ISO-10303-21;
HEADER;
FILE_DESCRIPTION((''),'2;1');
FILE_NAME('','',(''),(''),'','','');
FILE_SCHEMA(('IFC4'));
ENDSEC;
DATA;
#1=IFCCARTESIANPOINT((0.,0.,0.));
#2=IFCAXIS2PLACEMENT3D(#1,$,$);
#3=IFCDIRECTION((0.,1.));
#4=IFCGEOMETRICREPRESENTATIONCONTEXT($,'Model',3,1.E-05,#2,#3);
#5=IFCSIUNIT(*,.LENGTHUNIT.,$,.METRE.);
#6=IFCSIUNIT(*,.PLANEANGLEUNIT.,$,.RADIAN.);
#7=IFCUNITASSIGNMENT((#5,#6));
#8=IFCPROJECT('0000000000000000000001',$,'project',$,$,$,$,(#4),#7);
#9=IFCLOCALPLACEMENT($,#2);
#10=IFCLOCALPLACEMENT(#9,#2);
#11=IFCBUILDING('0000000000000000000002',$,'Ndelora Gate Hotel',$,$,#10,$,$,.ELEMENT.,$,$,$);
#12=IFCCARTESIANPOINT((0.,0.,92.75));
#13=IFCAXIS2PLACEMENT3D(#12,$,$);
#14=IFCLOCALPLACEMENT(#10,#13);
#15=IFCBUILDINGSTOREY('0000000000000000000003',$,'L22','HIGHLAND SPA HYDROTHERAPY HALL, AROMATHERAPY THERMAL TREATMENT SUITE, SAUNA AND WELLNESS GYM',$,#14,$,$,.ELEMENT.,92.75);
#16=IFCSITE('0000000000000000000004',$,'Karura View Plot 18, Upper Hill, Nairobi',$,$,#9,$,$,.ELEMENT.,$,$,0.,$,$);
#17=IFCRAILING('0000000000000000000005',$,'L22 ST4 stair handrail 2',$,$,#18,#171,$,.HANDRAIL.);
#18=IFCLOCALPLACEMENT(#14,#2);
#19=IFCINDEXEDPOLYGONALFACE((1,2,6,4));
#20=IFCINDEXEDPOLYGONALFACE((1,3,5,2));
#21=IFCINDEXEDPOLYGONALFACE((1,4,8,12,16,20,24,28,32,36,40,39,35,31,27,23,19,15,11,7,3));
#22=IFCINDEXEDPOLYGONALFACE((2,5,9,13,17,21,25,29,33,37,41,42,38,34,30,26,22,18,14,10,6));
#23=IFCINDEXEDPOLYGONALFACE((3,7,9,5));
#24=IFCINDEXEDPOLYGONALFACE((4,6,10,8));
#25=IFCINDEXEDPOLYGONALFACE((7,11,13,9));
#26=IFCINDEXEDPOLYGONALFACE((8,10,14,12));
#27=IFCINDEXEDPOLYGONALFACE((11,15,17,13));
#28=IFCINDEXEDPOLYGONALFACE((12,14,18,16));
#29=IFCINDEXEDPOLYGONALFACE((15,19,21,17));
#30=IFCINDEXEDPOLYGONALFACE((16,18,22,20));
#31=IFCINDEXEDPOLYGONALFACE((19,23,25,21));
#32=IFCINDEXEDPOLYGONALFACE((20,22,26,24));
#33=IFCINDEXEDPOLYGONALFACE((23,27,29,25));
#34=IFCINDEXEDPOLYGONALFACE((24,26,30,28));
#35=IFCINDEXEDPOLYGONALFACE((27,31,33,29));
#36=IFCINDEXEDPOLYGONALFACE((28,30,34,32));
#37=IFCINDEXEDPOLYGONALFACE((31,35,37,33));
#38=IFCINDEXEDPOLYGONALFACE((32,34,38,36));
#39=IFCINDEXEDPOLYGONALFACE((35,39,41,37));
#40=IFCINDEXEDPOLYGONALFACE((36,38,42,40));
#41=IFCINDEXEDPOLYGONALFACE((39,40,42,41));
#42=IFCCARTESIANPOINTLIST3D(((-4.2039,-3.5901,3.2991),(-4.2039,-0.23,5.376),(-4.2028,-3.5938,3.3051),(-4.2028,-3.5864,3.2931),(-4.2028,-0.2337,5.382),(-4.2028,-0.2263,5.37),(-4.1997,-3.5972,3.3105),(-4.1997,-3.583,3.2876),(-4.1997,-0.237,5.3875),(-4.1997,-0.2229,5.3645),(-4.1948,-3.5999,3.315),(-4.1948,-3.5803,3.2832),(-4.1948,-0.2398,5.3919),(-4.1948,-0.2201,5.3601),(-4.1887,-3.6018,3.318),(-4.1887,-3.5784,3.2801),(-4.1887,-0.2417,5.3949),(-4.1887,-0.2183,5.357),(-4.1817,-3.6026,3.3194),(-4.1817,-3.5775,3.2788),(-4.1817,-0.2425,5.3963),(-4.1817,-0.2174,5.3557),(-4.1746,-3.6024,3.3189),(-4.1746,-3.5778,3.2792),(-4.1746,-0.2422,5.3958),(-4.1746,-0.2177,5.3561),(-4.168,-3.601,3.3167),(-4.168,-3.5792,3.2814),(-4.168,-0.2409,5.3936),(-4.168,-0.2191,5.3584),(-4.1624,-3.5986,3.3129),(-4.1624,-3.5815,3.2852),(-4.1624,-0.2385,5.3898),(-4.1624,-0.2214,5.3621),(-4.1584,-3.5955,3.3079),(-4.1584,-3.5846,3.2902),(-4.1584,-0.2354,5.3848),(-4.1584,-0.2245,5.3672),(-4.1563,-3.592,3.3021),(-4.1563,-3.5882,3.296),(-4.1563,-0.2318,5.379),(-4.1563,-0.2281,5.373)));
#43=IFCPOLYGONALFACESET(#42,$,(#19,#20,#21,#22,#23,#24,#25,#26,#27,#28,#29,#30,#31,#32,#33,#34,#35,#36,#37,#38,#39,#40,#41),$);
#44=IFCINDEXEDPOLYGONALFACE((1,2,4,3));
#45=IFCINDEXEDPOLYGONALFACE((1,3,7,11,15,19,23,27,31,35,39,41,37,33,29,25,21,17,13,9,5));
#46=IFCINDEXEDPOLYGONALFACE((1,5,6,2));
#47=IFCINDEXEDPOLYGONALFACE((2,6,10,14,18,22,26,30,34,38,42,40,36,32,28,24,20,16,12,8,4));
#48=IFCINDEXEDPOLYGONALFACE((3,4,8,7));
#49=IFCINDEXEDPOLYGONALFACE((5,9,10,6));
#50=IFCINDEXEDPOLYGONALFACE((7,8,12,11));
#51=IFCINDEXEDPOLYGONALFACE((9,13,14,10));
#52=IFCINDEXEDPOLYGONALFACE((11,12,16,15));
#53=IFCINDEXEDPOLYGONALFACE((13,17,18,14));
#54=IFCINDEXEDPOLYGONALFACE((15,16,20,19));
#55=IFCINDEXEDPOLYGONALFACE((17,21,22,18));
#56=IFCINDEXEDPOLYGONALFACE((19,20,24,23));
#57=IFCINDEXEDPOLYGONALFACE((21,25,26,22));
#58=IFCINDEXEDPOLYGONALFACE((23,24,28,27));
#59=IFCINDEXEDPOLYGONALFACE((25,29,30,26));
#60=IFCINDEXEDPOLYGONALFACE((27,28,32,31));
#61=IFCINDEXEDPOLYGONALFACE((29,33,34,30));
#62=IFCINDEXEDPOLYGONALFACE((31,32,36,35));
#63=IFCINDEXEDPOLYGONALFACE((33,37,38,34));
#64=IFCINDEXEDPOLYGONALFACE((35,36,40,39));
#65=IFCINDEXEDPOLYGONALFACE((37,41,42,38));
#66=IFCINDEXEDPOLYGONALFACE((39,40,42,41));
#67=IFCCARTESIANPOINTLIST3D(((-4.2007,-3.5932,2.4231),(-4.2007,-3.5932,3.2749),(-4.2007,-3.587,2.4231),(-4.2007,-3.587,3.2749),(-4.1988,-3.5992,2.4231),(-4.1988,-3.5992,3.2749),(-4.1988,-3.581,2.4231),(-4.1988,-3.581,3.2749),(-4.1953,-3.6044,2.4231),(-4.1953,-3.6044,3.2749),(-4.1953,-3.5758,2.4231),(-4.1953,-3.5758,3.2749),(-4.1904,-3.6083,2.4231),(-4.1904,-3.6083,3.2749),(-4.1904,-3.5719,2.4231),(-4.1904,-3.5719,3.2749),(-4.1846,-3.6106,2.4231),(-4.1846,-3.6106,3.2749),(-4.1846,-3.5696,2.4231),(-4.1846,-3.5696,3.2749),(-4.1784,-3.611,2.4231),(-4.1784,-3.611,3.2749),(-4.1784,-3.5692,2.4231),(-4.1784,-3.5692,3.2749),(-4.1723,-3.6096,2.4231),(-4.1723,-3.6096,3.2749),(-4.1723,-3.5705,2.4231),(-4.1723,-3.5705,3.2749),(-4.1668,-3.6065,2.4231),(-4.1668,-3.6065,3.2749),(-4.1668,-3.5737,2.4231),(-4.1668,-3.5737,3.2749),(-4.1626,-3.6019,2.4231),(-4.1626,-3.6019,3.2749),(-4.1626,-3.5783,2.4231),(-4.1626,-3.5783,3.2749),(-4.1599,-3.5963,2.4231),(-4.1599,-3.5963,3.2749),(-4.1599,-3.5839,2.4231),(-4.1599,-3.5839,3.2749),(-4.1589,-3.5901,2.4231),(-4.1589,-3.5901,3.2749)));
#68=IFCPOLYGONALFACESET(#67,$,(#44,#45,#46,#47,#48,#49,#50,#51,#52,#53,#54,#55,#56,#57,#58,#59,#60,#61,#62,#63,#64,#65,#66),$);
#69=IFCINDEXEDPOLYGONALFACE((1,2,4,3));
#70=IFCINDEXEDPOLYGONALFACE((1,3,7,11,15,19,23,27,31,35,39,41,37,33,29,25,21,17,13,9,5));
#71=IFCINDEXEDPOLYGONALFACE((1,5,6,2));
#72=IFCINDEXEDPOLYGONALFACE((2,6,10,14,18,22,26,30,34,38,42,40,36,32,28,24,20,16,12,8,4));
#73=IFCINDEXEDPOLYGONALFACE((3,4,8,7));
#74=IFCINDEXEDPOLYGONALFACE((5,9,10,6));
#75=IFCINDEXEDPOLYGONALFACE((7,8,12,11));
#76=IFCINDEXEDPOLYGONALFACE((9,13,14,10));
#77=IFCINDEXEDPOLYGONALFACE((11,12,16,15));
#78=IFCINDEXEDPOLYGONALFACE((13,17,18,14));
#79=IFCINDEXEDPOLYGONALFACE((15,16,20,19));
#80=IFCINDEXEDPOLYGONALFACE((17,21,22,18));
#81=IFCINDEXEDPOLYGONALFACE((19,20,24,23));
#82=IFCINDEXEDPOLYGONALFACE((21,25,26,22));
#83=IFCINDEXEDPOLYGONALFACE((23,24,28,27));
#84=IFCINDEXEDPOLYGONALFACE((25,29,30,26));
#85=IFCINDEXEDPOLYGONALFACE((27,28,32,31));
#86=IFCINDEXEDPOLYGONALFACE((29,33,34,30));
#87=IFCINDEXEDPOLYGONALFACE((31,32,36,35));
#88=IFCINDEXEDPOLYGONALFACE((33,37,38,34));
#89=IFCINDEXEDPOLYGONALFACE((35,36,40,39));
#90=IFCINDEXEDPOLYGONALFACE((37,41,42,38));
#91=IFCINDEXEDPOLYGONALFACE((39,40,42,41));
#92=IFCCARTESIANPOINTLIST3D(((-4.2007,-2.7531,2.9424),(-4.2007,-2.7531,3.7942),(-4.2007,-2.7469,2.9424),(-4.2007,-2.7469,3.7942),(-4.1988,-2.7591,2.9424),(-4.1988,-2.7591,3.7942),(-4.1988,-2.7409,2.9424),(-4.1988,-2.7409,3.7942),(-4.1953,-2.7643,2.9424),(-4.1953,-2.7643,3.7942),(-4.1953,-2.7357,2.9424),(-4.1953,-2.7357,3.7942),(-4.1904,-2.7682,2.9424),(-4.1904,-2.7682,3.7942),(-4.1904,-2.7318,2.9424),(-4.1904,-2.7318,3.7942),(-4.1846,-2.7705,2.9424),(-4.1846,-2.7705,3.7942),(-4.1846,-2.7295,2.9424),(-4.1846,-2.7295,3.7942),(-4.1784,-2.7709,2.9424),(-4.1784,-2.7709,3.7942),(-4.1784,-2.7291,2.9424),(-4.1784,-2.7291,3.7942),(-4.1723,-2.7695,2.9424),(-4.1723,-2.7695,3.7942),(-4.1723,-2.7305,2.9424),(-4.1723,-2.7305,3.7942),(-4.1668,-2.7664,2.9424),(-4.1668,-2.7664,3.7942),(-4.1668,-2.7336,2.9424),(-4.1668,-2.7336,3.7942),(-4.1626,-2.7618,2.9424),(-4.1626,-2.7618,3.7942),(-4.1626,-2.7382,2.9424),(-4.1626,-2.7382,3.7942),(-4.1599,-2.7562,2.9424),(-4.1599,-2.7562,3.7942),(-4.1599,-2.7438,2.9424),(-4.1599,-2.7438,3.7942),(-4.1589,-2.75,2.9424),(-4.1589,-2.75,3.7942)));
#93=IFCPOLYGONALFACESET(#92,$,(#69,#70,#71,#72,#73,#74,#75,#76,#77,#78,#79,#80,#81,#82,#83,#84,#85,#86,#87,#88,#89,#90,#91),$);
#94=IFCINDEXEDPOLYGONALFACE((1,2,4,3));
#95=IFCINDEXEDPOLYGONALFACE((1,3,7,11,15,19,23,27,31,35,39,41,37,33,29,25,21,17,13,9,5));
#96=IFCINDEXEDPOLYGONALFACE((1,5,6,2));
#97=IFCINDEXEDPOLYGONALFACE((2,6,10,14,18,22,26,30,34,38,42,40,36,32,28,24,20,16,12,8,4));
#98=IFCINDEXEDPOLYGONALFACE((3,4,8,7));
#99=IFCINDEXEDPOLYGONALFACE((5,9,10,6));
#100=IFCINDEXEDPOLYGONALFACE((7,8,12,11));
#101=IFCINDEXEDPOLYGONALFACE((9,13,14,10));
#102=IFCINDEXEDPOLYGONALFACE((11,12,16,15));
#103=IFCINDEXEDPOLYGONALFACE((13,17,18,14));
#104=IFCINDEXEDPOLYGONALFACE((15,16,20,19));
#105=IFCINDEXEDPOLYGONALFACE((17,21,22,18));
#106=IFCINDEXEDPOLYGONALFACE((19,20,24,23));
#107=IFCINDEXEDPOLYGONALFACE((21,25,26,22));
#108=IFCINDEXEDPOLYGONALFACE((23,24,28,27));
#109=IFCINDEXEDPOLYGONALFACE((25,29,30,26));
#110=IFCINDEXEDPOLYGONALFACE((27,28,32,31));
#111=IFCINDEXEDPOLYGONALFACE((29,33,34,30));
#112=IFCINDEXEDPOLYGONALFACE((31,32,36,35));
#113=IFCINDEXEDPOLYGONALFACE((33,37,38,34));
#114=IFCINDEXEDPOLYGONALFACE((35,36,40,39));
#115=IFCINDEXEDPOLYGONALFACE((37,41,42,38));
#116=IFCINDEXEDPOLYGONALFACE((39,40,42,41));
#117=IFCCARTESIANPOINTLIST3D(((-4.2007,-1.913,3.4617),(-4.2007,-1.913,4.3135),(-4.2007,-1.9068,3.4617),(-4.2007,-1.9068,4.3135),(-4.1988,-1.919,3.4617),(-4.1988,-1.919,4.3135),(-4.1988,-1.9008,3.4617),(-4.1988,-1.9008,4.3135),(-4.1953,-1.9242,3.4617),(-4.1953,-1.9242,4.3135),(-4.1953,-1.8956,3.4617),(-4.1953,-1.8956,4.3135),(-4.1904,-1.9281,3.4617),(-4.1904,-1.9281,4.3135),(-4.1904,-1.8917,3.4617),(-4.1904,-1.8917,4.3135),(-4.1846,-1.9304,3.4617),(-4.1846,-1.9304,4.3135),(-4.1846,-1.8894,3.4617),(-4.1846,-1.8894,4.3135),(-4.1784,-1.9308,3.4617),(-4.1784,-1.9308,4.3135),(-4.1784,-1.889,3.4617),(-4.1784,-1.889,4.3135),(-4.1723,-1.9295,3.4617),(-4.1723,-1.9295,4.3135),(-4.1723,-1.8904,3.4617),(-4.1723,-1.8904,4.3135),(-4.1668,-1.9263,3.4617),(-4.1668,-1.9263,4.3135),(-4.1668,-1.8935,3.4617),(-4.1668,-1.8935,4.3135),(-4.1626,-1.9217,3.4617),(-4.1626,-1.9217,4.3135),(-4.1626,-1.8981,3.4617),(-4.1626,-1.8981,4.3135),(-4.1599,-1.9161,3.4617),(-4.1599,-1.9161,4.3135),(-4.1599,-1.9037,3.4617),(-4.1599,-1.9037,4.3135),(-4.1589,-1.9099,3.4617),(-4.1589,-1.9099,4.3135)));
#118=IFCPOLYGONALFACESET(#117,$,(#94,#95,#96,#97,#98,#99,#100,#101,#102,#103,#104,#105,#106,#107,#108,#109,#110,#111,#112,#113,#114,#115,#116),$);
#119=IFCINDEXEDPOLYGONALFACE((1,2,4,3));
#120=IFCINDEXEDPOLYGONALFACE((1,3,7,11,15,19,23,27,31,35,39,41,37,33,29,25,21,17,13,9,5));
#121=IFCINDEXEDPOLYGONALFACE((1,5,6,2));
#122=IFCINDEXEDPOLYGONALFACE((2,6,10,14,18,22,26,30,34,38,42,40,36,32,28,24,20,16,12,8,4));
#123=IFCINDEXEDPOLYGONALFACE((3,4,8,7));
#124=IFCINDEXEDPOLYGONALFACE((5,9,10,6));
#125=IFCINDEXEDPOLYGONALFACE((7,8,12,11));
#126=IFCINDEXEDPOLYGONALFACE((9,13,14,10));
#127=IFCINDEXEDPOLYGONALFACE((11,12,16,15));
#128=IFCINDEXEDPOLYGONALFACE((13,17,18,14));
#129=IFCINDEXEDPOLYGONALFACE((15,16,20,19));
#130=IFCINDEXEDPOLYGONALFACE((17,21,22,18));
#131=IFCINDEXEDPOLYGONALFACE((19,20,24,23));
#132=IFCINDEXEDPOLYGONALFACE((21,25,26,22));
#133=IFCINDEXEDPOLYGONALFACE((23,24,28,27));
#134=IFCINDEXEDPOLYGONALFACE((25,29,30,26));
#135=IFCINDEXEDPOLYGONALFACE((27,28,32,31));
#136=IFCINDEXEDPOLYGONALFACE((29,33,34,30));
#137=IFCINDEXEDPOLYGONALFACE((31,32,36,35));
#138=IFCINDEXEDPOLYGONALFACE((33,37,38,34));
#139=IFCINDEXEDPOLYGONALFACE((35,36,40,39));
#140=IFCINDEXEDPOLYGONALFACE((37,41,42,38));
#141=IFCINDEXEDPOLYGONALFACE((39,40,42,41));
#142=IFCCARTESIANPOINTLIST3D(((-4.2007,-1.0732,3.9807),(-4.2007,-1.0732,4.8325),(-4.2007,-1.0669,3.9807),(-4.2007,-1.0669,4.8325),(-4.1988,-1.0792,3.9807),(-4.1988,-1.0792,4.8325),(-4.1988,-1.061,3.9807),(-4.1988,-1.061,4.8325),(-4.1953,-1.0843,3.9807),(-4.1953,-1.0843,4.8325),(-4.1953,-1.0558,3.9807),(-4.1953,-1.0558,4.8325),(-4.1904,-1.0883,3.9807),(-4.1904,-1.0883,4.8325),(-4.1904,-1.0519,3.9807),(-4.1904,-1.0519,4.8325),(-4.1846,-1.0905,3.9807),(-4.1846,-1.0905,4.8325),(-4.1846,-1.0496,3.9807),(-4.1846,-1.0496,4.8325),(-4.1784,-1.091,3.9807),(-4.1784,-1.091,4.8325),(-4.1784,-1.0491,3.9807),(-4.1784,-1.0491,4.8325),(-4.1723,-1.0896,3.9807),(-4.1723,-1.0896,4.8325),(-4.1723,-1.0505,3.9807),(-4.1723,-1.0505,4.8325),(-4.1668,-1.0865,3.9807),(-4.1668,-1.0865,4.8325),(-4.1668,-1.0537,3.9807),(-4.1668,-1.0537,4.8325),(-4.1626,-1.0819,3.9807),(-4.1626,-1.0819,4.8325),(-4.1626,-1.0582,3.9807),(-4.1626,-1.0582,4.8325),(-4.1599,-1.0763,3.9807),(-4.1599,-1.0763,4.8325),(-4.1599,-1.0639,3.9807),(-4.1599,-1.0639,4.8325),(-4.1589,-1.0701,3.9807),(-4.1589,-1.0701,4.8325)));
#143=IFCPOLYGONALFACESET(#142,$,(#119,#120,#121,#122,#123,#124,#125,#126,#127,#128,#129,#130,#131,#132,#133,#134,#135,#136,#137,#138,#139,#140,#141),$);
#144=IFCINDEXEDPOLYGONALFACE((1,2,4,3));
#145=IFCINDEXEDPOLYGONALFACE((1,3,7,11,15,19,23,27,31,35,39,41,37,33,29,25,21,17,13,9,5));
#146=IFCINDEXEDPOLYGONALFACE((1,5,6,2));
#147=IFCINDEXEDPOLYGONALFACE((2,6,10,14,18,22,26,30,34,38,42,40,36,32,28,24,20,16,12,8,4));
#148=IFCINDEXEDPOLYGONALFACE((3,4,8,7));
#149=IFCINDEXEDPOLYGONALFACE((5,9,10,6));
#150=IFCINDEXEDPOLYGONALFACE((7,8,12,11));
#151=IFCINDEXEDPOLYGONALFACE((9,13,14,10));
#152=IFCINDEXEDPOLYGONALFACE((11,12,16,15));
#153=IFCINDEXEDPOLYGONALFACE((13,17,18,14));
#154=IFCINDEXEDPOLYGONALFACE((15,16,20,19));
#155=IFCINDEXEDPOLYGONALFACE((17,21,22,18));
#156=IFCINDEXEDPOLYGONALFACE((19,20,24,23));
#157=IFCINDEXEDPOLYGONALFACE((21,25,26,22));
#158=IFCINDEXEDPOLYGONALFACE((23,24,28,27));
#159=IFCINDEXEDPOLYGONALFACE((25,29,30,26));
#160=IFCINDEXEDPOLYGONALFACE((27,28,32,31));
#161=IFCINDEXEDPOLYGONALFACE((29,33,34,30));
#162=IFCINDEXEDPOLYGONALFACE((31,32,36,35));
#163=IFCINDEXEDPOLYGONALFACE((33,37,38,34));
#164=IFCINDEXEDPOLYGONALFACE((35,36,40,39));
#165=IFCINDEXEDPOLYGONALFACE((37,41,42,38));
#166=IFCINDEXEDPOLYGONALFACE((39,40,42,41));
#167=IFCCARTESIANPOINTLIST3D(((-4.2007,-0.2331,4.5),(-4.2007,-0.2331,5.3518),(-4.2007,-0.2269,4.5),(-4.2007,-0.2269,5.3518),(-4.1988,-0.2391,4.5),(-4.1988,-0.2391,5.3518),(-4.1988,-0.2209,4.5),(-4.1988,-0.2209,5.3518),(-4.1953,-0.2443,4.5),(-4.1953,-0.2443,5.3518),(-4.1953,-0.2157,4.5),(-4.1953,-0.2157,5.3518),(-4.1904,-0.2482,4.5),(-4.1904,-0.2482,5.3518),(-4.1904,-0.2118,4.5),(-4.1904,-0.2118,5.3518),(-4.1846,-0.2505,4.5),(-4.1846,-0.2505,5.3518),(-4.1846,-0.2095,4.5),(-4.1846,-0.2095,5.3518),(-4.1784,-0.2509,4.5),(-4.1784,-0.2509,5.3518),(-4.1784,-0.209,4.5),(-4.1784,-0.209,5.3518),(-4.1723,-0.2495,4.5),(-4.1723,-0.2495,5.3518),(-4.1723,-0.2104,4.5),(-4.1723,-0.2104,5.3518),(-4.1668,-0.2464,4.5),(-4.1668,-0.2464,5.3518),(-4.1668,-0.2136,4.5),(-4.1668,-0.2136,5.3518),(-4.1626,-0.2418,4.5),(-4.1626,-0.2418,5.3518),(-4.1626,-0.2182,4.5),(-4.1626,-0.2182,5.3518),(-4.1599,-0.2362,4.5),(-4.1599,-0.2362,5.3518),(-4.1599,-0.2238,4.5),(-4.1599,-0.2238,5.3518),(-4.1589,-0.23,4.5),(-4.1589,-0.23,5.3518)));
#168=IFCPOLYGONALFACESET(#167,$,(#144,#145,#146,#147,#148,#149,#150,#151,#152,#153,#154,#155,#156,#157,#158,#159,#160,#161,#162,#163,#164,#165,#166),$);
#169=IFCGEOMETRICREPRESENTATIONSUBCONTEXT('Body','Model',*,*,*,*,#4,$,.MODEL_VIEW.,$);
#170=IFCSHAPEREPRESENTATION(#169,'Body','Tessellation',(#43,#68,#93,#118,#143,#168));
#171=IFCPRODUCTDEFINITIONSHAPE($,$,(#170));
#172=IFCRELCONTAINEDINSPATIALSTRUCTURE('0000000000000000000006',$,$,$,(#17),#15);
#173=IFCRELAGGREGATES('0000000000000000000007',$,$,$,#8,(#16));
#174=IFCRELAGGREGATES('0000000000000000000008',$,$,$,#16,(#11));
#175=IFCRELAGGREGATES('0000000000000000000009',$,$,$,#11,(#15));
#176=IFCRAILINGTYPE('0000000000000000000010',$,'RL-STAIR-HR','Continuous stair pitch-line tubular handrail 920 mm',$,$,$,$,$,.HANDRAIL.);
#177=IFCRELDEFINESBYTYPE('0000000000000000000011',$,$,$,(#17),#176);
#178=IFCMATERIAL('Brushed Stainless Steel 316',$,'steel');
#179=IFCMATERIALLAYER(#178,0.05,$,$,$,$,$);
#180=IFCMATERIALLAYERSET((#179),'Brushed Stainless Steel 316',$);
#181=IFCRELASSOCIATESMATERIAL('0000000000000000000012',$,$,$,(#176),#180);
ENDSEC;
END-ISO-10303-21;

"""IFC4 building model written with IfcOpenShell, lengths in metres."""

from ifc_helpers import new_model, si_unit, direction, frame, origin, origin_2d, place, context, subcontext, project, spatial, circle, extrude, material, layer, layer_set, type_object, element, save


model = new_model("IFC4")

# Units and contexts
model_context = context("Model", 3, precision=1e-05, world=origin(), true_north=direction((0.0, 1.0)))
body_context = subcontext(model_context, "Body", "Model", "MODEL_VIEW")
ifc_project = project(units=[si_unit("LENGTHUNIT", "METRE"), si_unit("PLANEANGLEUNIT", "RADIAN")], contexts=[model_context])

# Site, building, storey
site_placement = place(None, origin())
site = spatial("IfcSite", under=ifc_project, at=site_placement, Name="Karura View Plot 18, Upper Hill, Nairobi", CompositionType="ELEMENT", RefElevation=0.0)
building_placement = place(site_placement, origin())
building = spatial("IfcBuilding", under=site, at=building_placement, Name="Ndelora Gate Hotel", CompositionType="ELEMENT")
storey_placement = place(building_placement, frame((0.0, 0.0, 92.75)))
storey = spatial("IfcBuildingStorey", under=building, at=storey_placement, Name="L22", Description="HIGHLAND SPA HYDROTHERAPY HALL, AROMATHERAPY THERMAL TREATMENT SUITE, SAUNA AND WELLNESS GYM", CompositionType="ELEMENT", Elevation=92.75)

# Railing
ifc_material_1 = material(Name="Brushed Stainless Steel 316", Category="steel")
ifc_layer_1 = layer(ifc_material_1, 0.05)
ifc_layer_set_1 = layer_set([ifc_layer_1], Name="Brushed Stainless Steel 316")
railing_type_1 = type_object("IfcRailingType", Name="RL-STAIR-HR", Description="Continuous stair pitch-line tubular handrail 920 mm", PredefinedType="HANDRAIL", material=ifc_layer_set_1)
railing_1_placement = place(storey_placement, frame((-4.1799, -3.5901, 2.4231)))
element("IfcRailing", 1, at=railing_1_placement, inside=storey, type_object=railing_type_1, Name="L22 ST4 stair handrail 2", PredefinedType="HANDRAIL", context=body_context, shape_type="SweptSolid", body=[
    extrude(circle(Radius=0.0239, at=origin_2d()), frame((0.0, 0.0, 0.876), z_axis=(0.0, 0.850623, 0.525776), x_axis=(-1.0, 0.0, 0.0)), (0.0, 0.0, 1.0), 3.9502),
    extrude(circle(Radius=0.021, at=origin_2d()), origin(), (0.0, 0.0, 1.0), 0.8518),
    extrude(circle(Radius=0.021, at=origin_2d()), frame((0.0, 0.8401, 0.5193)), (0.0, 0.0, 1.0), 0.8518),
    extrude(circle(Radius=0.021, at=origin_2d()), frame((0.0, 1.6802, 1.0386)), (0.0, 0.0, 1.0), 0.8518),
    extrude(circle(Radius=0.021, at=origin_2d()), frame((0.0, 2.52, 1.5576)), (0.0, 0.0, 1.0), 0.8518),
    extrude(circle(Radius=0.021, at=origin_2d()), frame((0.0, 3.3601, 2.0769)), (0.0, 0.0, 1.0), 0.8518),
])

save(model, "model.ifc")
